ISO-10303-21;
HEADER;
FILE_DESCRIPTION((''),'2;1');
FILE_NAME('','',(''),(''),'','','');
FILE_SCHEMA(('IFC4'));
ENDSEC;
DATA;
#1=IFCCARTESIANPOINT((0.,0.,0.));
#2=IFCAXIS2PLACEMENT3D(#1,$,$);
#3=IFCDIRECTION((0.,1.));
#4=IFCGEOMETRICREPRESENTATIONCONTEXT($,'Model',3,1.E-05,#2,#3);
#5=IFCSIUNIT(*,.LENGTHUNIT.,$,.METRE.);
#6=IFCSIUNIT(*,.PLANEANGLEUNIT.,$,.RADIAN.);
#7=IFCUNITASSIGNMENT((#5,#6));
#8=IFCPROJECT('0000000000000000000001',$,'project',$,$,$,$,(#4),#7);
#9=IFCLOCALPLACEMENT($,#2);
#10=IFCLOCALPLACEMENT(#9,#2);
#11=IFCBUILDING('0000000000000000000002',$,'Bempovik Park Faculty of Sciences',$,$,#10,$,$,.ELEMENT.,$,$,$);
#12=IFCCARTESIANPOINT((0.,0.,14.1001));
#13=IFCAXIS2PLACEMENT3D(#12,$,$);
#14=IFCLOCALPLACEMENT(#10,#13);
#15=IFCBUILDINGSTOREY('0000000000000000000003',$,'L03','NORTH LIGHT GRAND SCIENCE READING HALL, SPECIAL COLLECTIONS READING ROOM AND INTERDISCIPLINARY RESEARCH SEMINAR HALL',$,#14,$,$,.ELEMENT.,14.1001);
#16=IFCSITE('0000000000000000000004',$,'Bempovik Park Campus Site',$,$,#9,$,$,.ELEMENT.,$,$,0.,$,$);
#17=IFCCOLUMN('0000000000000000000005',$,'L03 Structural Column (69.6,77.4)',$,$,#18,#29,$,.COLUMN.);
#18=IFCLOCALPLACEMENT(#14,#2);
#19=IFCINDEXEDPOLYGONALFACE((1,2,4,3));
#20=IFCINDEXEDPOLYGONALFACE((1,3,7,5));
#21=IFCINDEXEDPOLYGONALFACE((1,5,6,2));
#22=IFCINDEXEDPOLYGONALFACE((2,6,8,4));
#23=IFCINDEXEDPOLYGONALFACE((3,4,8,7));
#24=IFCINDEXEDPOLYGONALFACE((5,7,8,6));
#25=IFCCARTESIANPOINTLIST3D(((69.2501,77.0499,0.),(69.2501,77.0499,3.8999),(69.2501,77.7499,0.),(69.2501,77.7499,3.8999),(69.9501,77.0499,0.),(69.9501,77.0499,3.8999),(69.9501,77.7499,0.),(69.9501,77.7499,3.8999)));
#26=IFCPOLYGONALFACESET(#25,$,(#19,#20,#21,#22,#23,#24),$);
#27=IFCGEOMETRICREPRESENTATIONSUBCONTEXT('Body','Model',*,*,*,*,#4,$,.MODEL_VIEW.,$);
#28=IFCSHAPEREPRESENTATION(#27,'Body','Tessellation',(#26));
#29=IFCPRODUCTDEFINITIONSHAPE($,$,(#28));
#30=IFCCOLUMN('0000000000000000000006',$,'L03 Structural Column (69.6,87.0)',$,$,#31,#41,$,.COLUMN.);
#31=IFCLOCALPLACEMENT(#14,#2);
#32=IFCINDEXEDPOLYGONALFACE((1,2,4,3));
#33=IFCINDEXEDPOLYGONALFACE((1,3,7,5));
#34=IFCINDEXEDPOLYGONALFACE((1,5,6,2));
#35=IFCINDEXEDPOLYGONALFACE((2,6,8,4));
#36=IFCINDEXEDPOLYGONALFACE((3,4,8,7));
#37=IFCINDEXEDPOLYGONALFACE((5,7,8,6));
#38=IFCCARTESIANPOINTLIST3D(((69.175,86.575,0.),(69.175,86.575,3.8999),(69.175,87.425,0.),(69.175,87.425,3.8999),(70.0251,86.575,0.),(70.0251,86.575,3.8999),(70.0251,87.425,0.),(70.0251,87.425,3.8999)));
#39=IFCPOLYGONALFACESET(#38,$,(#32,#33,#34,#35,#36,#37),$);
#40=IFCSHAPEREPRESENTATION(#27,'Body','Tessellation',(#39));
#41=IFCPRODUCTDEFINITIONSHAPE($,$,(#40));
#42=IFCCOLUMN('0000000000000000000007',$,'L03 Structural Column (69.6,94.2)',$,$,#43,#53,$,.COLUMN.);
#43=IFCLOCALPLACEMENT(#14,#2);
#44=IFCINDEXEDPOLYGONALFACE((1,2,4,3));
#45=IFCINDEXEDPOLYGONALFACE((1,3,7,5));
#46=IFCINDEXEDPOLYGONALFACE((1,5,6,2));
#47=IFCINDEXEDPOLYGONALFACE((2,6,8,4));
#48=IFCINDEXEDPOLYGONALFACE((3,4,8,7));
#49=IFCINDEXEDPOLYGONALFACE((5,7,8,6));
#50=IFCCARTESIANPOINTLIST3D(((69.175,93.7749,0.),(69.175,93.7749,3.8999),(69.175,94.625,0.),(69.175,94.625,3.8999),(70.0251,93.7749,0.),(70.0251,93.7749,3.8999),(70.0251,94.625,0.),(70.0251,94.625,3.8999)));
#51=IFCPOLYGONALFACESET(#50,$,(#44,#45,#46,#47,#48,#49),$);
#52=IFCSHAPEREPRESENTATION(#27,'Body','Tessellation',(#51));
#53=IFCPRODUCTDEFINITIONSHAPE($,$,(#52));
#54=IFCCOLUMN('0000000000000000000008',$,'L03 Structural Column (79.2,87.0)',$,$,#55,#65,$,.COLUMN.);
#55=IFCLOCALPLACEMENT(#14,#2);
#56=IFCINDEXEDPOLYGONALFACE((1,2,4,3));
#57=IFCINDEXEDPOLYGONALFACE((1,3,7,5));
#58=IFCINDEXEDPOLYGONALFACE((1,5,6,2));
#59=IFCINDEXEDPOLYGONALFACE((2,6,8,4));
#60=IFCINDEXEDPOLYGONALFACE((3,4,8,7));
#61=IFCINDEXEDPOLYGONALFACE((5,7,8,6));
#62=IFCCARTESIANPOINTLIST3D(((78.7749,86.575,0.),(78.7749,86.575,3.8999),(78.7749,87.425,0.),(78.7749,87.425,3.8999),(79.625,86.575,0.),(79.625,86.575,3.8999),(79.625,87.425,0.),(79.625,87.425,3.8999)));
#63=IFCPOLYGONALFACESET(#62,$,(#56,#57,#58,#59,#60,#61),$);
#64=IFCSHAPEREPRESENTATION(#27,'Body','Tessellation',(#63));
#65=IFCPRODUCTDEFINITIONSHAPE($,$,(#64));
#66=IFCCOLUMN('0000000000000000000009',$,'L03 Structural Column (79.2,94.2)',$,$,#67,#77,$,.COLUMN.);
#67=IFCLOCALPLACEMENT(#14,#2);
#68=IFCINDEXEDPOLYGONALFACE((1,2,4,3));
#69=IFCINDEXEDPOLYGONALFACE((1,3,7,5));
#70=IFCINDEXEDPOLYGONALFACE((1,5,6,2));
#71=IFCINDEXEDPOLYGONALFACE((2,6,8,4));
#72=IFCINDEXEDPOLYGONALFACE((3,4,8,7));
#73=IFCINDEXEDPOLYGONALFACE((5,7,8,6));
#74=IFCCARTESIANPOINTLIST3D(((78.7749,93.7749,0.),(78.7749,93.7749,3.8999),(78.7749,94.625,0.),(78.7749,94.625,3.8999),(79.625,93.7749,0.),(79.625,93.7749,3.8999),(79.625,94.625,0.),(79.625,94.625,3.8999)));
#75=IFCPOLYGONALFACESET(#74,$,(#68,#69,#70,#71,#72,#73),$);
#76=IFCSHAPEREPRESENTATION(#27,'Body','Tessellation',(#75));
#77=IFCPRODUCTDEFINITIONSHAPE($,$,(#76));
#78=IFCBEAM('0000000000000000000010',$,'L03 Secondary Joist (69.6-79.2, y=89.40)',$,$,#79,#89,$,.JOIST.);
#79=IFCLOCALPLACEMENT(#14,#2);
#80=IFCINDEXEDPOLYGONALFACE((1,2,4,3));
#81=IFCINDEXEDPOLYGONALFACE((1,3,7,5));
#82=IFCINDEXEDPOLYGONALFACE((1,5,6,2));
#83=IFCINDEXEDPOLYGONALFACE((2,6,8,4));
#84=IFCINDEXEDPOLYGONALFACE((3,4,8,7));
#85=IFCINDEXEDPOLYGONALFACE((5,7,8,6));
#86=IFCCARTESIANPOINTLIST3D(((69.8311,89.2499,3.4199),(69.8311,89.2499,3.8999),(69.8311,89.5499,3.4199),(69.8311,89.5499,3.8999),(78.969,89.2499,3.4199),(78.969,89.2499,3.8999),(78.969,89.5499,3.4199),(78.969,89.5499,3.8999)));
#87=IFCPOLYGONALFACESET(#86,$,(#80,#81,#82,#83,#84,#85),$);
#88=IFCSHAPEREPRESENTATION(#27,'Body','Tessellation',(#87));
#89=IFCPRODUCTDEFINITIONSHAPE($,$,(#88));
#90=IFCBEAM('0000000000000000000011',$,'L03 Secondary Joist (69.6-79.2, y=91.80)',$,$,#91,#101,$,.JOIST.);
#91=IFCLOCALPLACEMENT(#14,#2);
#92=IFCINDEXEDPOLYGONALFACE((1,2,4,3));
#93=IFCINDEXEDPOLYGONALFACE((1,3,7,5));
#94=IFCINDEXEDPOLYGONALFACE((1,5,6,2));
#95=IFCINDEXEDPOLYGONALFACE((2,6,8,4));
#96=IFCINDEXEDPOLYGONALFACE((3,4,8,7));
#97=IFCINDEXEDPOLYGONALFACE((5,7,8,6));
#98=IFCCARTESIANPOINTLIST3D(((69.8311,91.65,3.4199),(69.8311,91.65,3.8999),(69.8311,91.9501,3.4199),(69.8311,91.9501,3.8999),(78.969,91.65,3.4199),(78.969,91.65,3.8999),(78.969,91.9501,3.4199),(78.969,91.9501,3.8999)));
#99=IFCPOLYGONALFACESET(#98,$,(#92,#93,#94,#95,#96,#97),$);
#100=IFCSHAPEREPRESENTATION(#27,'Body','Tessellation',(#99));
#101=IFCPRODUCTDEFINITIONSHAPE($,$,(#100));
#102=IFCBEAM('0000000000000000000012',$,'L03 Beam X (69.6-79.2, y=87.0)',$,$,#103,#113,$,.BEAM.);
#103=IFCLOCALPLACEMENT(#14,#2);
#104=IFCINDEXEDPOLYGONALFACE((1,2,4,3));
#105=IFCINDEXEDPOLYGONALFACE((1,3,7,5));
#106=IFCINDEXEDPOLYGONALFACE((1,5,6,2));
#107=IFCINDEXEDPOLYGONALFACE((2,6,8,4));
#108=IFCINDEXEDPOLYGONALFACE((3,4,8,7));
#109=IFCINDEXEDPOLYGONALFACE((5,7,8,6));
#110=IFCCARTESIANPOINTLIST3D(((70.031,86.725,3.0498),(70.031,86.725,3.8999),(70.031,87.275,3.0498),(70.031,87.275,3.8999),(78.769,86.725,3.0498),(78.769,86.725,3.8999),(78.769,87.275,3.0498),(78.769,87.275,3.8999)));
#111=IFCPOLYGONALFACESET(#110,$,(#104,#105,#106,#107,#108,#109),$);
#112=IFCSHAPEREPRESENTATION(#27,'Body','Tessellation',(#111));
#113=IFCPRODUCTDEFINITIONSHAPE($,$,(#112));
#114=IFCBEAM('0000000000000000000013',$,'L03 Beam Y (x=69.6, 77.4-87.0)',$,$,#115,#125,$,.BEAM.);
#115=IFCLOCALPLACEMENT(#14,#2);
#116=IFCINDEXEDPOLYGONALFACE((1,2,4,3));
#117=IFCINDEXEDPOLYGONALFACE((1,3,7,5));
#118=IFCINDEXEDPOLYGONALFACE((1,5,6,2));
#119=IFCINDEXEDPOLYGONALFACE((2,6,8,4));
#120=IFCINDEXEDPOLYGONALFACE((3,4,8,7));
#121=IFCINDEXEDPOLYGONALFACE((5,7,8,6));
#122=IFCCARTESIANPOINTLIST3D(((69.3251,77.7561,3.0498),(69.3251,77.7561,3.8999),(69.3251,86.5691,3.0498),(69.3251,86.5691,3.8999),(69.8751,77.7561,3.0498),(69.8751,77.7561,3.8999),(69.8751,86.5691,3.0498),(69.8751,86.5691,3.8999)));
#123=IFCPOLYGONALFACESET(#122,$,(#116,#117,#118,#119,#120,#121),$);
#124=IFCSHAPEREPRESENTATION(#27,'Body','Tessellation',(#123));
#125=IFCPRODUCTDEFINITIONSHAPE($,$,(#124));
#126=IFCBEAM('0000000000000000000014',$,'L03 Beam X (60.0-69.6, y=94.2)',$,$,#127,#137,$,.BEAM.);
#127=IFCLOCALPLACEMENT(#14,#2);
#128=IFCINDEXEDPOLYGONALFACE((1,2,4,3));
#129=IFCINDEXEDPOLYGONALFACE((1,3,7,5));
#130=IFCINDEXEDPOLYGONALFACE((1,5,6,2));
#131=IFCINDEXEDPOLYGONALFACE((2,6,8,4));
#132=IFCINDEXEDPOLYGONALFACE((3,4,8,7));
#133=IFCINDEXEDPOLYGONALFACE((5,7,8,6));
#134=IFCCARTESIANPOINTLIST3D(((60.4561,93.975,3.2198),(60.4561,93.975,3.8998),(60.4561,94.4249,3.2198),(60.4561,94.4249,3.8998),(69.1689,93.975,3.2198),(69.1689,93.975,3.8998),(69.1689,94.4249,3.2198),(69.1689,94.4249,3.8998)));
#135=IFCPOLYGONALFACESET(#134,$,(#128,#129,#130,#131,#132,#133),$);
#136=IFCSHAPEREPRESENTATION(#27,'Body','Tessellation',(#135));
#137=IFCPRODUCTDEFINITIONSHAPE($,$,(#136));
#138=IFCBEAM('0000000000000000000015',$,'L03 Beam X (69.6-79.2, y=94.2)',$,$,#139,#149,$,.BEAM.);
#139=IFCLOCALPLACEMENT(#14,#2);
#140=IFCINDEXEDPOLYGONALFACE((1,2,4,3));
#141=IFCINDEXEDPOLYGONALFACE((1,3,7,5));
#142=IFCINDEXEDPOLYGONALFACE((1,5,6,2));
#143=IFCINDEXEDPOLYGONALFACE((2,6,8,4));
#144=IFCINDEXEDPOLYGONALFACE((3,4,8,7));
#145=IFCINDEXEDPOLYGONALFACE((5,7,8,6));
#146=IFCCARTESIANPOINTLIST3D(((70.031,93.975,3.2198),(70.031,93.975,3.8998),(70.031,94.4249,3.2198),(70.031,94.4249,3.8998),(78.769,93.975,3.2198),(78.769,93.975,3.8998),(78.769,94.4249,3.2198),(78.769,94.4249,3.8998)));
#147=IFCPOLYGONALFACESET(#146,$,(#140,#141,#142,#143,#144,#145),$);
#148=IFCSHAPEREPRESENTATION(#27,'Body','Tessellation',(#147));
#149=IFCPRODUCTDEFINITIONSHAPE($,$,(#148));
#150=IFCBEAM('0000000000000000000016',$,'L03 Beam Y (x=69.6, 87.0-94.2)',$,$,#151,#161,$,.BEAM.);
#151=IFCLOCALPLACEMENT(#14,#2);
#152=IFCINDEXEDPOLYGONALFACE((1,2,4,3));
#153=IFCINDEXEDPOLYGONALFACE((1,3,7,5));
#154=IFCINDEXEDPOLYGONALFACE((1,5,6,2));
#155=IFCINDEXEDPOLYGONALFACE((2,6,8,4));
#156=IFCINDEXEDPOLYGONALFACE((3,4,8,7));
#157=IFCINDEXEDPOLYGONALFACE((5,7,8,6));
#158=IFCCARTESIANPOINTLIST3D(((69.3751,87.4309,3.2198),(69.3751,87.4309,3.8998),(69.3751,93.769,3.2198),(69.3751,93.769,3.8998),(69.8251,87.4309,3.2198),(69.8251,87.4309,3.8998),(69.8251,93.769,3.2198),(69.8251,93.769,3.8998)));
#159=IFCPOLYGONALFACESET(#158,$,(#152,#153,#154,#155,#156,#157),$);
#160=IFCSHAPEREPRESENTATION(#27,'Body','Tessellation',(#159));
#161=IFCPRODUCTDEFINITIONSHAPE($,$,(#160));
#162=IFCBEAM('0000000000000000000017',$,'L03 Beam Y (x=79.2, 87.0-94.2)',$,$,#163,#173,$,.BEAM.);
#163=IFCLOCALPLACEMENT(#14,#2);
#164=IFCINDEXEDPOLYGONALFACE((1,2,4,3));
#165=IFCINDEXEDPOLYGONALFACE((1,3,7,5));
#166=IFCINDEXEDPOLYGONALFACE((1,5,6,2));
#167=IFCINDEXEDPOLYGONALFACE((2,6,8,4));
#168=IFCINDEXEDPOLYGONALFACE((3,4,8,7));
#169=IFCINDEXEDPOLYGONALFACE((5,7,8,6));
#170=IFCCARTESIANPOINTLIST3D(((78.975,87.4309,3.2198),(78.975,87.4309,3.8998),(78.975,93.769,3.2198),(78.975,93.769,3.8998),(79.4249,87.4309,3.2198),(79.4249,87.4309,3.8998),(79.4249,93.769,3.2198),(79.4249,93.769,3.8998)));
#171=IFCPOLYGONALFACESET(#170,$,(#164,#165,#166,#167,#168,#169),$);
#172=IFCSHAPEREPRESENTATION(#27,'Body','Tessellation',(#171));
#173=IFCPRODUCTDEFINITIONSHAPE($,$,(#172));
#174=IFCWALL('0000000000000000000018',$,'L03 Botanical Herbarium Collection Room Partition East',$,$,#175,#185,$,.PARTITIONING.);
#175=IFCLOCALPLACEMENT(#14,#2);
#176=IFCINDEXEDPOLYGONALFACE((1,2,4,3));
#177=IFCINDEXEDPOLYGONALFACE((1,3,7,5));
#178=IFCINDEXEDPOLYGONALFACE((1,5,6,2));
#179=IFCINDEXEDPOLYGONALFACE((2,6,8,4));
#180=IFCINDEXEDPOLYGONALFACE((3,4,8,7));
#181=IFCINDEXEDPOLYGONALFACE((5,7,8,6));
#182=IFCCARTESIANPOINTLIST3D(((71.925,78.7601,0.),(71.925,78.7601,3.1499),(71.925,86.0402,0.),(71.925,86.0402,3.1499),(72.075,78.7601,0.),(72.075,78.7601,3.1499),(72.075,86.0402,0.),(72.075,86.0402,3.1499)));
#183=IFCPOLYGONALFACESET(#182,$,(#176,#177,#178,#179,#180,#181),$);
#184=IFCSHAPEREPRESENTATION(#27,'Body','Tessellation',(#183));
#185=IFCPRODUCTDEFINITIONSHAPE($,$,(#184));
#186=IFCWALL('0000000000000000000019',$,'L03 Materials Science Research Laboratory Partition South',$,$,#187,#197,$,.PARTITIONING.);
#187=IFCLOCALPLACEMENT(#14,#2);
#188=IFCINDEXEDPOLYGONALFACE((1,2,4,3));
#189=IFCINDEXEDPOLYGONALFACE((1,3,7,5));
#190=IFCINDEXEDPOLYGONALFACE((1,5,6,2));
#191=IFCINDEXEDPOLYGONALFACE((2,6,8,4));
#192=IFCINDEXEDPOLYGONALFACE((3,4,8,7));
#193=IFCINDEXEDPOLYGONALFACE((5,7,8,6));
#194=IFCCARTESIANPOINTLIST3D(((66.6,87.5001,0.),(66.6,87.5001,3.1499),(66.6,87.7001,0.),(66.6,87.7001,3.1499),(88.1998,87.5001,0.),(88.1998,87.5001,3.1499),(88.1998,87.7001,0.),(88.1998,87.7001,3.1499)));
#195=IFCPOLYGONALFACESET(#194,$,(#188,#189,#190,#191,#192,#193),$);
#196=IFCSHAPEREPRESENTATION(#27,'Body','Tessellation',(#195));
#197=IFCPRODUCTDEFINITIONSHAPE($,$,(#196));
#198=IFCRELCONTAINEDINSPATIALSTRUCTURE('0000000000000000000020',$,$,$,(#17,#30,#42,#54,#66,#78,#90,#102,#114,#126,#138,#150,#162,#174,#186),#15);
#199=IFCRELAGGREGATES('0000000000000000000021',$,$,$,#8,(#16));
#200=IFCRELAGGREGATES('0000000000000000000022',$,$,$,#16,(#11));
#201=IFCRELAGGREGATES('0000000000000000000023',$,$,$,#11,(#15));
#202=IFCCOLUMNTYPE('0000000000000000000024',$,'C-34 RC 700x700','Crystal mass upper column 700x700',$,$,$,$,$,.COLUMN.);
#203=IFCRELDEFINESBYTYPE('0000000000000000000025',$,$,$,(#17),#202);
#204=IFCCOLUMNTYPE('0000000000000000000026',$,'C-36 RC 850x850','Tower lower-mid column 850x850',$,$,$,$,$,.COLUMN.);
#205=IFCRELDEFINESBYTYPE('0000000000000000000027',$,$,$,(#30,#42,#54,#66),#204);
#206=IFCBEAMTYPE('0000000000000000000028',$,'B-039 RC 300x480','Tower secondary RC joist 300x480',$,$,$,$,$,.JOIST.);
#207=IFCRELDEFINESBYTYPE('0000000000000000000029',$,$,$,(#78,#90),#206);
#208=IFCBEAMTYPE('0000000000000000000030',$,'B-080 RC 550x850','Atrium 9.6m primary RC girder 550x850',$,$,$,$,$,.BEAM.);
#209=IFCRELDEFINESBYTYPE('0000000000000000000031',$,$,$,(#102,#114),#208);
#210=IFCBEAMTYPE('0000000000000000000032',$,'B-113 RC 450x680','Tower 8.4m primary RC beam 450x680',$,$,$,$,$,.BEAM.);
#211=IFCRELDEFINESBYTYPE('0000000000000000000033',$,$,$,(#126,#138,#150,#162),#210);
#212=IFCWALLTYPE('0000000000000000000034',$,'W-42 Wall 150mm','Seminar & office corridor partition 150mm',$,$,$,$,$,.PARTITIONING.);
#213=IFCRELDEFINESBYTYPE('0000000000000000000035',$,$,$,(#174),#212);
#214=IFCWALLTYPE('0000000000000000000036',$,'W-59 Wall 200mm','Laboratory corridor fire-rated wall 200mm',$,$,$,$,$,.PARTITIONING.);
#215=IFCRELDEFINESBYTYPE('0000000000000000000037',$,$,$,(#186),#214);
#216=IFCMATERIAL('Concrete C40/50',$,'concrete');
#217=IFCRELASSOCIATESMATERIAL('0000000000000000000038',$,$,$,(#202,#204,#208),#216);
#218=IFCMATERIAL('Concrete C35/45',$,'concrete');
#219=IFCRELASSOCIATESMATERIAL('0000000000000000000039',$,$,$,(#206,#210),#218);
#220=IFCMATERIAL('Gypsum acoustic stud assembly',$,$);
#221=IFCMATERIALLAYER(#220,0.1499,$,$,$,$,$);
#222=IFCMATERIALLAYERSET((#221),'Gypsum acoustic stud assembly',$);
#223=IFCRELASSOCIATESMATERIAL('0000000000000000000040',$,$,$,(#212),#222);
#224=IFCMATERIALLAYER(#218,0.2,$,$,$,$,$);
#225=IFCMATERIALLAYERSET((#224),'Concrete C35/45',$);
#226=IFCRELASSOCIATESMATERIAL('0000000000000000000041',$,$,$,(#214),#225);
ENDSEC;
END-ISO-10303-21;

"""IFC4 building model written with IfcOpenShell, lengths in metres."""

from ifc_helpers import new_model, si_unit, direction, frame, frame_2d, origin, origin_2d, place, context, subcontext, project, spatial, rectangle, extrude, material, layer, layer_set, material_profile, profile_set, type_object, element, save


model = new_model("IFC4")

# Units and contexts
model_context = context("Model", 3, precision=1e-05, world=origin(), true_north=direction((0.0, 1.0)))
body_context = subcontext(model_context, "Body", "Model", "MODEL_VIEW")
ifc_project = project(units=[si_unit("LENGTHUNIT", "METRE"), si_unit("PLANEANGLEUNIT", "RADIAN")], contexts=[model_context])

# Site, building, storey
site_placement = place(None, origin())
site = spatial("IfcSite", under=ifc_project, at=site_placement, Name="Bempovik Park Campus Site", CompositionType="ELEMENT", RefElevation=0.0)
building_placement = place(site_placement, origin())
building = spatial("IfcBuilding", under=site, at=building_placement, Name="Bempovik Park Faculty of Sciences", CompositionType="ELEMENT")
storey_placement = place(building_placement, frame((0.0, 0.0, 14.1001)))
storey = spatial("IfcBuildingStorey", under=building, at=storey_placement, Name="L03", Description="NORTH LIGHT GRAND SCIENCE READING HALL, SPECIAL COLLECTIONS READING ROOM AND INTERDISCIPLINARY RESEARCH SEMINAR HALL", CompositionType="ELEMENT", Elevation=14.1001)

# Columns
ifc_material_1 = material(Name="Concrete C40/50", Category="concrete")
ifc_material_profile_1 = material_profile(ifc_material_1, rectangle(XDim=0.7, YDim=0.7, at=origin_2d()), Name="RC 700x700")
ifc_profile_set_1 = profile_set([ifc_material_profile_1], Name="Concrete C40/50")
column_type_1 = type_object("IfcColumnType", Name="C-34 RC 700x700", Description="Crystal mass upper column 700x700", PredefinedType="COLUMN", material=ifc_profile_set_1)
column_placement = place(storey_placement, frame((69.6001, 77.3999, 0.0), z_axis=(0.0, 0.0, 1.0), x_axis=(1.0, 0.0, 0.0)))
element("IfcColumn", 1, at=column_placement, inside=storey, type_object=column_type_1, Name="L03 Structural Column (69.6,77.4)", PredefinedType="COLUMN", context=body_context, shape_type="SweptSolid", body=[
    extrude(rectangle(XDim=0.7, YDim=0.7, at=origin_2d()), origin(), (0.0, 0.0, 1.0), 3.8999),
])
ifc_material_profile_2 = material_profile(ifc_material_1, rectangle(XDim=0.8501, YDim=0.8501, at=origin_2d()), Name="RC 850x850")
ifc_profile_set_2 = profile_set([ifc_material_profile_2], Name="Concrete C40/50")
column_type_2 = type_object("IfcColumnType", Name="C-36 RC 850x850", Description="Tower lower-mid column 850x850", PredefinedType="COLUMN", material=ifc_profile_set_2)
for number, where, z_axis, x_axis, name in (
    (2, (69.6001, 87.0, 0.0), (0.0, 0.0, 1.0), (1.0, 0.0, 0.0), "L03 Structural Column (69.6,87.0)"),
    (3, (69.6001, 94.2, 0.0), (0.0, 0.0, 1.0), (1.0, 0.0, 0.0), "L03 Structural Column (69.6,94.2)"),
    (4, (79.2, 87.0, 0.0), (0.0, 0.0, 1.0), (1.0, 0.0, 0.0), "L03 Structural Column (79.2,87.0)"),
    (5, (79.2, 94.2, 0.0), (0.0, 0.0, 1.0), (1.0, 0.0, 0.0), "L03 Structural Column (79.2,94.2)"),
):
    element("IfcColumn", number, at=place(storey_placement, frame(where, z_axis=z_axis, x_axis=x_axis)), inside=storey, type_object=column_type_2, Name=name, PredefinedType="COLUMN", context=body_context, shape_type="SweptSolid", body=[
        extrude(rectangle(XDim=0.8501, YDim=0.8501, at=origin_2d()), origin(), (0.0, 0.0, 1.0), 3.8999),
    ])

# Beams
ifc_material_2 = material(Name="Concrete C35/45", Category="concrete")
ifc_material_profile_3 = material_profile(ifc_material_2, rectangle(XDim=0.3, YDim=0.48, at=origin_2d()), Name="RC 300x480")
ifc_profile_set_3 = profile_set([ifc_material_profile_3], Name="Concrete C35/45")
beam_type_1 = type_object("IfcBeamType", Name="B-039 RC 300x480", Description="Tower secondary RC joist 300x480", PredefinedType="JOIST", material=ifc_profile_set_3)
for number, where, z_axis, x_axis, name in (
    (6, (69.8311, 89.3999, 3.6599), (1.0, 0.0, 0.0), (0.0, 1.0, 0.0), "L03 Secondary Joist (69.6-79.2, y=89.40)"),
    (7, (69.8311, 91.8, 3.6599), (1.0, 0.0, 0.0), (0.0, 1.0, 0.0), "L03 Secondary Joist (69.6-79.2, y=91.80)"),
):
    element("IfcBeam", number, at=place(storey_placement, frame(where, z_axis=z_axis, x_axis=x_axis)), inside=storey, type_object=beam_type_1, Name=name, PredefinedType="JOIST", context=body_context, shape_type="SweptSolid", body=[
        extrude(rectangle(XDim=0.3, YDim=0.48, at=origin_2d()), origin(), (0.0, 0.0, 1.0), 9.1379),
    ])
ifc_material_profile_4 = material_profile(ifc_material_1, rectangle(XDim=0.55, YDim=0.8501, at=origin_2d()), Name="RC 550x850")
ifc_profile_set_4 = profile_set([ifc_material_profile_4], Name="Concrete C40/50")
beam_type_2 = type_object("IfcBeamType", Name="B-080 RC 550x850", Description="Atrium 9.6m primary RC girder 550x850", PredefinedType="BEAM", material=ifc_profile_set_4)
beam_1_placement = place(storey_placement, frame((70.031, 87.0, 3.4749), z_axis=(1.0, 0.0, 0.0), x_axis=(0.0, 1.0, 0.0)))
element("IfcBeam", 8, at=beam_1_placement, inside=storey, type_object=beam_type_2, Name="L03 Beam X (69.6-79.2, y=87.0)", PredefinedType="BEAM", context=body_context, shape_type="SweptSolid", body=[
    extrude(rectangle(XDim=0.55, YDim=0.8501, at=origin_2d()), origin(), (0.0, 0.0, 1.0), 8.738),
])
beam_2_placement = place(storey_placement, frame((69.6001, 77.7561, 3.4749), z_axis=(0.0, 1.0, 0.0), x_axis=(-1.0, 0.0, 0.0)))
element("IfcBeam", 9, at=beam_2_placement, inside=storey, type_object=beam_type_2, Name="L03 Beam Y (x=69.6, 77.4-87.0)", PredefinedType="BEAM", context=body_context, shape_type="SweptSolid", body=[
    extrude(rectangle(XDim=0.55, YDim=0.8501, at=origin_2d()), origin(), (0.0, 0.0, 1.0), 8.813),
])
ifc_material_profile_5 = material_profile(ifc_material_2, rectangle(XDim=0.45, YDim=0.6799, at=origin_2d()), Name="RC 450x680")
ifc_profile_set_5 = profile_set([ifc_material_profile_5], Name="Concrete C35/45")
beam_type_3 = type_object("IfcBeamType", Name="B-113 RC 450x680", Description="Tower 8.4m primary RC beam 450x680", PredefinedType="BEAM", material=ifc_profile_set_5)
beam_3_placement = place(storey_placement, frame((60.4561, 94.2, 3.5598), z_axis=(1.0, 0.0, 0.0), x_axis=(0.0, 1.0, 0.0)))
element("IfcBeam", 10, at=beam_3_placement, inside=storey, type_object=beam_type_3, Name="L03 Beam X (60.0-69.6, y=94.2)", PredefinedType="BEAM", context=body_context, shape_type="SweptSolid", body=[
    extrude(rectangle(XDim=0.45, YDim=0.6799, at=origin_2d()), origin(), (0.0, 0.0, 1.0), 8.7129),
])
beam_4_placement = place(storey_placement, frame((70.031, 94.2, 3.5598), z_axis=(1.0, 0.0, 0.0), x_axis=(0.0, 1.0, 0.0)))
element("IfcBeam", 11, at=beam_4_placement, inside=storey, type_object=beam_type_3, Name="L03 Beam X (69.6-79.2, y=94.2)", PredefinedType="BEAM", context=body_context, shape_type="SweptSolid", body=[
    extrude(rectangle(XDim=0.45, YDim=0.6799, at=origin_2d()), origin(), (0.0, 0.0, 1.0), 8.738),
])
for number, where, z_axis, x_axis, name in (
    (12, (69.6001, 87.4309, 3.5598), (0.0, 1.0, 0.0), (-1.0, 0.0, 0.0), "L03 Beam Y (x=69.6, 87.0-94.2)"),
    (13, (79.2, 87.4309, 3.5598), (0.0, 1.0, 0.0), (-1.0, 0.0, 0.0), "L03 Beam Y (x=79.2, 87.0-94.2)"),
):
    element("IfcBeam", number, at=place(storey_placement, frame(where, z_axis=z_axis, x_axis=x_axis)), inside=storey, type_object=beam_type_3, Name=name, PredefinedType="BEAM", context=body_context, shape_type="SweptSolid", body=[
        extrude(rectangle(XDim=0.45, YDim=0.6799, at=origin_2d()), origin(), (0.0, 0.0, 1.0), 6.3381),
    ])

# Walls
ifc_material_3 = material(Name="Gypsum acoustic stud assembly")
ifc_layer_1 = layer(ifc_material_3, 0.1499)
ifc_layer_set_1 = layer_set([ifc_layer_1], Name="Gypsum acoustic stud assembly")
wall_type_1 = type_object("IfcWallType", Name="W-42 Wall 150mm", Description="Seminar & office corridor partition 150mm", PredefinedType="PARTITIONING", material=ifc_layer_set_1)
wall_1_placement = place(storey_placement, frame((72.0, 78.76, 0.0), z_axis=(0.0, 0.0, 1.0), x_axis=(0.0, 1.0, 0.0)))
element("IfcWall", 14, at=wall_1_placement, inside=storey, type_object=wall_type_1, Name="L03 Botanical Herbarium Collection Room Partition East", PredefinedType="PARTITIONING", context=body_context, shape_type="SweptSolid", body=[
    extrude(rectangle(XDim=7.28, YDim=0.1499, at=frame_2d((3.6401, 0.0))), origin(), (0.0, 0.0, 1.0), 3.1499),
])
ifc_layer_2 = layer(ifc_material_2, 0.2)
ifc_layer_set_2 = layer_set([ifc_layer_2], Name="Concrete C35/45")
wall_type_2 = type_object("IfcWallType", Name="W-59 Wall 200mm", Description="Laboratory corridor fire-rated wall 200mm", PredefinedType="PARTITIONING", material=ifc_layer_set_2)
wall_2_placement = place(storey_placement, frame((66.6001, 87.6001, 0.0), z_axis=(0.0, 0.0, 1.0), x_axis=(1.0, 0.0, 0.0)))
element("IfcWall", 15, at=wall_2_placement, inside=storey, type_object=wall_type_2, Name="L03 Materials Science Research Laboratory Partition South", PredefinedType="PARTITIONING", context=body_context, shape_type="SweptSolid", body=[
    extrude(rectangle(XDim=21.5999, YDim=0.2, at=frame_2d((10.7998, 0.0))), origin(), (0.0, 0.0, 1.0), 3.1499),
])

save(model, "model.ifc")
